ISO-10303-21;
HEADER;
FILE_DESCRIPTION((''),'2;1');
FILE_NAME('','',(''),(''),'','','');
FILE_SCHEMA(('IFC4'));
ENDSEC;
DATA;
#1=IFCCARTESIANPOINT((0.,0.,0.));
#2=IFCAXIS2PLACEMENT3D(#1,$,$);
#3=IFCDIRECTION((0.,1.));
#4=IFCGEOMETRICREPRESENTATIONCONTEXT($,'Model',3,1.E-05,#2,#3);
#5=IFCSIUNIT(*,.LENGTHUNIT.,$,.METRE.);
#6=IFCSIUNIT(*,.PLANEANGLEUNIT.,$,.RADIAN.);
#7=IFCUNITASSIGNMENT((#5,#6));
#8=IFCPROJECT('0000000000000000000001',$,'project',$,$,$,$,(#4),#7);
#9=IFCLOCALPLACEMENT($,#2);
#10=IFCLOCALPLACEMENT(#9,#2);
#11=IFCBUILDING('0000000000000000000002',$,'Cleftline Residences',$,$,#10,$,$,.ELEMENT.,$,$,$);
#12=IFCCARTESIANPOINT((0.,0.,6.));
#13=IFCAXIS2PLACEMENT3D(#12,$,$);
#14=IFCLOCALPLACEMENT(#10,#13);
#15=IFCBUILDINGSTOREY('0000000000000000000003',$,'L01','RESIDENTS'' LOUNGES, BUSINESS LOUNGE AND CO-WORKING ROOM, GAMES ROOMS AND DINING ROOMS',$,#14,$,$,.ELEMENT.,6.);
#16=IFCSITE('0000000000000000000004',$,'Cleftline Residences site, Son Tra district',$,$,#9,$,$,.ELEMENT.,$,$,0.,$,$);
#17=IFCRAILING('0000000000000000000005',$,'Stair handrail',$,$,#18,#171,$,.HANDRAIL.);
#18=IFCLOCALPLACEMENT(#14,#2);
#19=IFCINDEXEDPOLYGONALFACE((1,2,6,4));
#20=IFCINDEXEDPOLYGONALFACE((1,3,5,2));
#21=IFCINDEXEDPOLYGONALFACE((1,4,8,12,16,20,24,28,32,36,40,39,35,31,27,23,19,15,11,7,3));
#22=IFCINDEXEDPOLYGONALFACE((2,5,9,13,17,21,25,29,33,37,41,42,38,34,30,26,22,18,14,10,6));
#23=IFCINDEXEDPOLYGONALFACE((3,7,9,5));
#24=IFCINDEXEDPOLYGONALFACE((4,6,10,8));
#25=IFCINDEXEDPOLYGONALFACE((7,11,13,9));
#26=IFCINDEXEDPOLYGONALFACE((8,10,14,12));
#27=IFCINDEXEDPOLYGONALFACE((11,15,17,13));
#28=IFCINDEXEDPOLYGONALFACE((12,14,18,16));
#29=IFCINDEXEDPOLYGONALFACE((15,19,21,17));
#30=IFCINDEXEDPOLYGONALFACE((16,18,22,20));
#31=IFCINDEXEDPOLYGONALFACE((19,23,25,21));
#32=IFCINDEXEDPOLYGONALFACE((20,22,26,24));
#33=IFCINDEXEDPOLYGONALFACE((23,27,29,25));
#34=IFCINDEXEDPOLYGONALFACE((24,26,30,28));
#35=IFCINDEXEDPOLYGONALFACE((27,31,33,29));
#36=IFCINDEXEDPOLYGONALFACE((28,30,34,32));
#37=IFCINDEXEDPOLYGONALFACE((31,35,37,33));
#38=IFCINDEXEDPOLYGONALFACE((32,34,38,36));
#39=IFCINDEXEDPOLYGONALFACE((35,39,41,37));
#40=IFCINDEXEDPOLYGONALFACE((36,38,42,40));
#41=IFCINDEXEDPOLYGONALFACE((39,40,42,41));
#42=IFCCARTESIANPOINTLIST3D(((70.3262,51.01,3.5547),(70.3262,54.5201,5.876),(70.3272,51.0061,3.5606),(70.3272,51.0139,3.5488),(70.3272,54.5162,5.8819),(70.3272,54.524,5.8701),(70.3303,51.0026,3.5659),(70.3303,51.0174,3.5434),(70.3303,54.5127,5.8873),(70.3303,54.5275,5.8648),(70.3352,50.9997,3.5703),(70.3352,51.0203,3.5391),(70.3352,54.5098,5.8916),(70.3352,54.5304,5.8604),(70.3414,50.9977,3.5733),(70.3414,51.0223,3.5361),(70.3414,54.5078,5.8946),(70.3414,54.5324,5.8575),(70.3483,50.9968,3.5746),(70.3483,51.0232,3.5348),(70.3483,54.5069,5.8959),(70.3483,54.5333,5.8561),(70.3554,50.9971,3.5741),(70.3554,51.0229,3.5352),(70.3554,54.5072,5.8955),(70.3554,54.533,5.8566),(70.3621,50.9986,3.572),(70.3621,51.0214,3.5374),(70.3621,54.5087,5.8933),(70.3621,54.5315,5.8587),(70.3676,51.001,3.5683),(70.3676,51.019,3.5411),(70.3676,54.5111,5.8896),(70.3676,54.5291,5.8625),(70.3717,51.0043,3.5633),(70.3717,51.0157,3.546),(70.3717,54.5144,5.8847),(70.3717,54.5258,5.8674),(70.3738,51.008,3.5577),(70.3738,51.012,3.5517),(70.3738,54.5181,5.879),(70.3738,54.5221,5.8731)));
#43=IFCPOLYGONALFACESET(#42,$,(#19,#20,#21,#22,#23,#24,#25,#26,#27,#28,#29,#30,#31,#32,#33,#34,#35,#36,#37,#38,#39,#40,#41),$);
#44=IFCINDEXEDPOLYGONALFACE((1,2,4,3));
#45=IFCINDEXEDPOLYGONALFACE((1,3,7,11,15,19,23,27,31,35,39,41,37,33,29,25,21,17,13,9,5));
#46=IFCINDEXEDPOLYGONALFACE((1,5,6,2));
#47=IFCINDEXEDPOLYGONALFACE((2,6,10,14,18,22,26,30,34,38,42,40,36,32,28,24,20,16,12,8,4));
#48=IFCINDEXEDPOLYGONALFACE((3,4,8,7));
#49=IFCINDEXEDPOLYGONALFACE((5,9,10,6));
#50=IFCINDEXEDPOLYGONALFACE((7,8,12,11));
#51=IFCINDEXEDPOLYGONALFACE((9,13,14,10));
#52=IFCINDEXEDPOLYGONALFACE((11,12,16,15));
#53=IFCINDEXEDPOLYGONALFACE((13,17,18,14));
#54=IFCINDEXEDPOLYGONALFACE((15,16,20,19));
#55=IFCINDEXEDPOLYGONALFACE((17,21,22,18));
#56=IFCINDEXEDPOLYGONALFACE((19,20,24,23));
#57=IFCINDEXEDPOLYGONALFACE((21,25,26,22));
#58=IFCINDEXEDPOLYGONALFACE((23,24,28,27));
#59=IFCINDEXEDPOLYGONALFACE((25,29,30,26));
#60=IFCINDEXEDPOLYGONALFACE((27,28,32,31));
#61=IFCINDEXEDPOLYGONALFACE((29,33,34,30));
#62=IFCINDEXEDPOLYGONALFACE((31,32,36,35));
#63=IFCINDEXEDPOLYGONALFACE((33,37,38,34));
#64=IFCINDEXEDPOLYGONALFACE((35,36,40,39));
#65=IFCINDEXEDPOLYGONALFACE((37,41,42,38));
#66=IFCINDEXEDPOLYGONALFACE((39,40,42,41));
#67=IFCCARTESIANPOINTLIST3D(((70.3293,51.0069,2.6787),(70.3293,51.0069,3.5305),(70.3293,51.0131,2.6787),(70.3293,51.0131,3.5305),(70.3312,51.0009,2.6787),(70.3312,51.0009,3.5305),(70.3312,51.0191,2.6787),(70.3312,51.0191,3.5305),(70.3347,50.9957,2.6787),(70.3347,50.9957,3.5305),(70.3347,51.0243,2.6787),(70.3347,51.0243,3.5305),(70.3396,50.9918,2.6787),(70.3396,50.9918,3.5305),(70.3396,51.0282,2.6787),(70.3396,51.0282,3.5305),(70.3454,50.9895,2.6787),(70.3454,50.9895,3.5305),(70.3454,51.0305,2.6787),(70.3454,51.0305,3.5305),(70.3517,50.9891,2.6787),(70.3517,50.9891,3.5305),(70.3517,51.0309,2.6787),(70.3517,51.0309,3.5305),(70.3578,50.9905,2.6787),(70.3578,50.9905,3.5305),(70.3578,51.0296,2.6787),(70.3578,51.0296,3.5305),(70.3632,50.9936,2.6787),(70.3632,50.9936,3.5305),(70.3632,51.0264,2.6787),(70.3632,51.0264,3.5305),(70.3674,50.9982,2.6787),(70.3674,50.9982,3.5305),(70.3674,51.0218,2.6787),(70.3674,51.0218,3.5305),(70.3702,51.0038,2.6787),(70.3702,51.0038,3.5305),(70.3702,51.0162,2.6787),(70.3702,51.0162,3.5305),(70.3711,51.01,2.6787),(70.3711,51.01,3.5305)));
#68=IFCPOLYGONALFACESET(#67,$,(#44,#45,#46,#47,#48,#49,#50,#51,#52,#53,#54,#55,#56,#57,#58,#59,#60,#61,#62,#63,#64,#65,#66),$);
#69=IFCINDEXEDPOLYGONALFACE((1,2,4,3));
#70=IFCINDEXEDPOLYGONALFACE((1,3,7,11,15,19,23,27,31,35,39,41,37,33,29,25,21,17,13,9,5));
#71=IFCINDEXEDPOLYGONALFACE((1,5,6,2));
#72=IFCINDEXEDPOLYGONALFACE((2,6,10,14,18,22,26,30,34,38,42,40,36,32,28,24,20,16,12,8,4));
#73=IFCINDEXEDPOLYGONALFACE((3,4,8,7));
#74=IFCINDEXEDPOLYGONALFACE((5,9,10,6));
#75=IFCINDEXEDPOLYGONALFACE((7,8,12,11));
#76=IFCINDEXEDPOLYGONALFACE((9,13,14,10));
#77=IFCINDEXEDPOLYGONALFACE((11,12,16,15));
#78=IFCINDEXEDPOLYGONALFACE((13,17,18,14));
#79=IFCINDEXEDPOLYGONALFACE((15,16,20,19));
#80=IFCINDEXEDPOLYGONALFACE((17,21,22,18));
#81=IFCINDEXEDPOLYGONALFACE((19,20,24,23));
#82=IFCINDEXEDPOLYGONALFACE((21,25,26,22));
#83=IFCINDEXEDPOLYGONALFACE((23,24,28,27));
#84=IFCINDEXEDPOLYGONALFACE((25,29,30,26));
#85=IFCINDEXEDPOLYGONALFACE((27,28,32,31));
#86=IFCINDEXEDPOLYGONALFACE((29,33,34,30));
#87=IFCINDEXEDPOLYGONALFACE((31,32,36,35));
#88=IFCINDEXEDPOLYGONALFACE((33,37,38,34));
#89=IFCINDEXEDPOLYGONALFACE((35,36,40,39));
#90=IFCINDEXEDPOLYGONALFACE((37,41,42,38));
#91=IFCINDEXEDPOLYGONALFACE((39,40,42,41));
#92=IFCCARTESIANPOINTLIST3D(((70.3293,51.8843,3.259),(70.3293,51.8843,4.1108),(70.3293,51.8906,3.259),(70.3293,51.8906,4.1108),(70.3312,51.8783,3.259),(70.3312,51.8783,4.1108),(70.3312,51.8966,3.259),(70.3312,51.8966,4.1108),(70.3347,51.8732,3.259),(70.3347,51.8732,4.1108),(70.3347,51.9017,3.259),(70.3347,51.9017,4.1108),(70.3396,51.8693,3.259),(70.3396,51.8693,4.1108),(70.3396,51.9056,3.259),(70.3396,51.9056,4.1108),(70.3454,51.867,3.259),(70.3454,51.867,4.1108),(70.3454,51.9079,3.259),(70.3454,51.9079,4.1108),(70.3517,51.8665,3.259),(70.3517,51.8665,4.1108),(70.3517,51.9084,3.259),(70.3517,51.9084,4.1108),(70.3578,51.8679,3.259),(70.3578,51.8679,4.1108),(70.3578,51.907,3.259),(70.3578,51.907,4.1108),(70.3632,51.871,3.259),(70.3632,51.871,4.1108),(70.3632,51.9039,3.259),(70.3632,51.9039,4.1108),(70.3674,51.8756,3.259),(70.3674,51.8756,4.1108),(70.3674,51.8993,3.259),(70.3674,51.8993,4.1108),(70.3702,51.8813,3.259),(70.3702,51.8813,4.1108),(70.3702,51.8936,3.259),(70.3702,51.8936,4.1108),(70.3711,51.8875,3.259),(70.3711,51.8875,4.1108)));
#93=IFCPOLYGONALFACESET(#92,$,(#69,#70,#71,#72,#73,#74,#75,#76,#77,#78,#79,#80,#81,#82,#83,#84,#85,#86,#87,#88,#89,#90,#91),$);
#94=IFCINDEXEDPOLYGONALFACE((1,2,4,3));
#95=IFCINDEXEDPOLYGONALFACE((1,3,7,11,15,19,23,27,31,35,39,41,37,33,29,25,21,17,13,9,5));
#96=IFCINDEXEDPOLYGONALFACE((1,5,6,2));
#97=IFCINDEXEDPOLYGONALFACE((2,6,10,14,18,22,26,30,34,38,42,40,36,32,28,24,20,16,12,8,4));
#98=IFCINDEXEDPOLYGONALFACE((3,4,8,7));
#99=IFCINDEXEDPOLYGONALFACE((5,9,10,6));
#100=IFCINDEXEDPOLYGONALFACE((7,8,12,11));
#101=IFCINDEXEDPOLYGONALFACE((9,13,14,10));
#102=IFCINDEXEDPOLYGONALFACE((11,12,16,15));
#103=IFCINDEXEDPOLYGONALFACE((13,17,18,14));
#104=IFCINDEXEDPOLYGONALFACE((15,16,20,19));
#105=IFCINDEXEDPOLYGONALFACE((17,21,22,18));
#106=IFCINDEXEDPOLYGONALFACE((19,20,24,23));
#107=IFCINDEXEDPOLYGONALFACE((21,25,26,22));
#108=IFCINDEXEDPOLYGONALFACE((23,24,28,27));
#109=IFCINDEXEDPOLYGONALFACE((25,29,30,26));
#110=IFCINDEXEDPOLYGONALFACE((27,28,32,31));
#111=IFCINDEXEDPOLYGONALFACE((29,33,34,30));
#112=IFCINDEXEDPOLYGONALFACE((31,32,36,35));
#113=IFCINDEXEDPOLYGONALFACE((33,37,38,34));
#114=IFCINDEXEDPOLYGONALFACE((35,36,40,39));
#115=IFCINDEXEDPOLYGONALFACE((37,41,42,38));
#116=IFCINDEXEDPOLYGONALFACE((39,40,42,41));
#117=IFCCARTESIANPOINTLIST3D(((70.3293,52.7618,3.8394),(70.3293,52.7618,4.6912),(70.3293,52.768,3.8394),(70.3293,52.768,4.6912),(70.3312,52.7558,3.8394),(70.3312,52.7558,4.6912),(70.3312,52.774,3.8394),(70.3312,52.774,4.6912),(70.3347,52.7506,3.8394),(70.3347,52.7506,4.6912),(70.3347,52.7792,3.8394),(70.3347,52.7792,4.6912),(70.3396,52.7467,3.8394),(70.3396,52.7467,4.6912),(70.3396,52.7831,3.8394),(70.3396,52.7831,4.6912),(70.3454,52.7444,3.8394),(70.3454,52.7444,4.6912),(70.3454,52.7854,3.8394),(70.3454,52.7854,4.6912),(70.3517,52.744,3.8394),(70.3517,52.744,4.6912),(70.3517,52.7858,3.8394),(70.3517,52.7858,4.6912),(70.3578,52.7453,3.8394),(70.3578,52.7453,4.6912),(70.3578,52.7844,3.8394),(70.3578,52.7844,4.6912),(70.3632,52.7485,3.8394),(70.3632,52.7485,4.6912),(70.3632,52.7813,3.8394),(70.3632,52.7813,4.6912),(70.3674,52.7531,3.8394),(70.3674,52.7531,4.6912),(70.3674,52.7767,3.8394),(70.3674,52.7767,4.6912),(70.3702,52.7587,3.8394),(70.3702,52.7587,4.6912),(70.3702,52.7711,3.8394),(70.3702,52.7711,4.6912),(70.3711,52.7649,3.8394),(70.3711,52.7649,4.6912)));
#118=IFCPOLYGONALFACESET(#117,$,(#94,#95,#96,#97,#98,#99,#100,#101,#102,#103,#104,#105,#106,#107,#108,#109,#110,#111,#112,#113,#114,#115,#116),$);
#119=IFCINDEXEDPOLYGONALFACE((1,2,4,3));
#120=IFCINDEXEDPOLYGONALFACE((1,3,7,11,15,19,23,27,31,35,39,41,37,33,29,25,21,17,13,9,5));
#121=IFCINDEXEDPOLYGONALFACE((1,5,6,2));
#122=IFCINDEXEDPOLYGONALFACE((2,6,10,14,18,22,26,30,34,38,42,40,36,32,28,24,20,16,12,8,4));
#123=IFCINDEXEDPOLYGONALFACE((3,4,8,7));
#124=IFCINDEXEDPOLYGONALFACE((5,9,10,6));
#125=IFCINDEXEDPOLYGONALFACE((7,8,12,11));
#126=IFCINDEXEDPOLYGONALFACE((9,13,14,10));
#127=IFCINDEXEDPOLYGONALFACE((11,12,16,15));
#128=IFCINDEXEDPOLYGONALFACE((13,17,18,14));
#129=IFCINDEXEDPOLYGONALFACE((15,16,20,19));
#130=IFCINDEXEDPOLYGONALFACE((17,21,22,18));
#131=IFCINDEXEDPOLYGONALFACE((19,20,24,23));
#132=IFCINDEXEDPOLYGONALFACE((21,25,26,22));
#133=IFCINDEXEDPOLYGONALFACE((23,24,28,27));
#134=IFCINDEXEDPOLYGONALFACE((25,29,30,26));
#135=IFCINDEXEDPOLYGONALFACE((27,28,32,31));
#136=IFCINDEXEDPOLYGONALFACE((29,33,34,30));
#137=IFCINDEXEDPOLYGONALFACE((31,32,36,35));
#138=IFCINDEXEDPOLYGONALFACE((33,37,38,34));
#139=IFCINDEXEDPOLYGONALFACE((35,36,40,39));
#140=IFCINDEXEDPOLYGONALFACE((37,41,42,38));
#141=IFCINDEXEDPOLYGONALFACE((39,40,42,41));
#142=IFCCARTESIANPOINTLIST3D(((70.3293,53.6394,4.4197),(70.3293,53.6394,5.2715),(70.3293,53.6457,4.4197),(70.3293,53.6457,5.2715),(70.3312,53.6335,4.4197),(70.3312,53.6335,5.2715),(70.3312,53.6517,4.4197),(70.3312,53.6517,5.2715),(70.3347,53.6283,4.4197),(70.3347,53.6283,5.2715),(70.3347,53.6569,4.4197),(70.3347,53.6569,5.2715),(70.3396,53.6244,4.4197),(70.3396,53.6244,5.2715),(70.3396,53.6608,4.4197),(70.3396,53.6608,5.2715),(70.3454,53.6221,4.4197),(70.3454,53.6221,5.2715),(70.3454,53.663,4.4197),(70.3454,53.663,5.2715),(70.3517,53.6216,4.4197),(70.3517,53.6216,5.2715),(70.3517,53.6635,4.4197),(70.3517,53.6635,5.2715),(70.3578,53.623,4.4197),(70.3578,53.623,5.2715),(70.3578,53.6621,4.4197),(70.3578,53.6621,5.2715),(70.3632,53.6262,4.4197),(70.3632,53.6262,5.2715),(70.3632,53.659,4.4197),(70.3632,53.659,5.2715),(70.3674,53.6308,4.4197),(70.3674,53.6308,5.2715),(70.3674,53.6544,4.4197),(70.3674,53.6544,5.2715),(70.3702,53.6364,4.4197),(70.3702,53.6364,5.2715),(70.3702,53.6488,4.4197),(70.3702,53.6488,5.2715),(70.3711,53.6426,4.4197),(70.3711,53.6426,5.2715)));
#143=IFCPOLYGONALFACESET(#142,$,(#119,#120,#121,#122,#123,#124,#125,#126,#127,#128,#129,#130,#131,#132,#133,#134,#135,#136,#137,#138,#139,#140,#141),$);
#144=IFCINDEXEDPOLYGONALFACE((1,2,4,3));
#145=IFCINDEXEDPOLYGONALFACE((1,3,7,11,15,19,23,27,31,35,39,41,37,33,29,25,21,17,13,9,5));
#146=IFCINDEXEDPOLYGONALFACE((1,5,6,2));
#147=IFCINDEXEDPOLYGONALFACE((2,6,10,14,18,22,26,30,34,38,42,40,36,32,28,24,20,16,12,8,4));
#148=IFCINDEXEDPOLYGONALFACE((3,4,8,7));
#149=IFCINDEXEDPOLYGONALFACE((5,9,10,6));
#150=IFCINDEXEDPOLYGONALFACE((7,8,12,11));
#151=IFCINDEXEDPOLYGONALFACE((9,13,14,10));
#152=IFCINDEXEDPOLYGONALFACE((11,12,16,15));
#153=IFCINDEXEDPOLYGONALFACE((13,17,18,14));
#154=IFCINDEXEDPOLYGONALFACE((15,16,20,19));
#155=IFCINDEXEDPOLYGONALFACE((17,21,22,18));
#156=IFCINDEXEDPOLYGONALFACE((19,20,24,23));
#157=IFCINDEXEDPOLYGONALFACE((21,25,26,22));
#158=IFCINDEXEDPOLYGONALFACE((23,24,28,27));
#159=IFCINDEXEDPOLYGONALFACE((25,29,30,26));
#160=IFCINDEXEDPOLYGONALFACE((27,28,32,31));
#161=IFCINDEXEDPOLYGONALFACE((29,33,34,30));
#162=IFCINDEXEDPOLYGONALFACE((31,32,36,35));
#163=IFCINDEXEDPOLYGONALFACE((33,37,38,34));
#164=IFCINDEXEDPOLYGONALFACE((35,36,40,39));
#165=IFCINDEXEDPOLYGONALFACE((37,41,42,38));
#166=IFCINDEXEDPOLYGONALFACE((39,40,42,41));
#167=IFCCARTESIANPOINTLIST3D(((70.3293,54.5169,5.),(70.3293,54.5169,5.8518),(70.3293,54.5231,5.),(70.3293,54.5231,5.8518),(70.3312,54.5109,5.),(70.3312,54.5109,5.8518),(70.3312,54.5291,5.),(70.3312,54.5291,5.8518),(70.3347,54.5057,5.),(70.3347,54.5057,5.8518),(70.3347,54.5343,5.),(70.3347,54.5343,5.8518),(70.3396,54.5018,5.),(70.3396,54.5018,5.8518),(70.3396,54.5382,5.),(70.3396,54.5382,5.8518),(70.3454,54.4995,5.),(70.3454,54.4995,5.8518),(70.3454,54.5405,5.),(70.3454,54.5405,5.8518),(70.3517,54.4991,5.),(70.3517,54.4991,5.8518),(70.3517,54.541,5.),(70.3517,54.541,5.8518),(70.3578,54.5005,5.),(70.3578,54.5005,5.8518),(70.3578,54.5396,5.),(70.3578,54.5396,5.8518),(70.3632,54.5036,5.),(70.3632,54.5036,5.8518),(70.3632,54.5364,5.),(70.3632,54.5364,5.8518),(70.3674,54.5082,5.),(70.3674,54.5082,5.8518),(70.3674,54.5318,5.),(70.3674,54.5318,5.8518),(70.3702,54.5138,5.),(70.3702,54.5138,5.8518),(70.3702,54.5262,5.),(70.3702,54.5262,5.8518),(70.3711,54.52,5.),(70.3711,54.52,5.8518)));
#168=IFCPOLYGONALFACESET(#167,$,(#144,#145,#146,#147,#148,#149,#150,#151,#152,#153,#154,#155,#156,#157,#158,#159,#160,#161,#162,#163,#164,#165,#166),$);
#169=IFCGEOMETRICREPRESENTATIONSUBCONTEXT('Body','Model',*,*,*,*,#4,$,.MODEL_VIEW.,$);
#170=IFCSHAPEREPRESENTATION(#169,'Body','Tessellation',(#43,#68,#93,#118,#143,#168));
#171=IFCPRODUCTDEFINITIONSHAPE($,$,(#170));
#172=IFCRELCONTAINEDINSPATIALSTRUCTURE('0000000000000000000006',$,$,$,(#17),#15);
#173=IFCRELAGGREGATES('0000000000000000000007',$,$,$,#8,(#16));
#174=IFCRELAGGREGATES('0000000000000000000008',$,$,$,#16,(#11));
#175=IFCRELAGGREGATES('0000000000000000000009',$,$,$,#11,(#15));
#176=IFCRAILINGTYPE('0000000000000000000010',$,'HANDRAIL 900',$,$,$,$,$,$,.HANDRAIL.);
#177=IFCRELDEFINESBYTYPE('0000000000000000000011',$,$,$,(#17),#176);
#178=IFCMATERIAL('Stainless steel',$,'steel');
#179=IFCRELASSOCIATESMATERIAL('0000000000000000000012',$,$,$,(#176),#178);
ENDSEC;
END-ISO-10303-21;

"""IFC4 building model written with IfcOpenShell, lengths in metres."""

from ifc_helpers import new_model, si_unit, direction, frame, origin, origin_2d, place, context, subcontext, project, spatial, circle, extrude, material, type_object, element, save


model = new_model("IFC4")

# Units and contexts
model_context = context("Model", 3, precision=1e-05, world=origin(), true_north=direction((0.0, 1.0)))
body_context = subcontext(model_context, "Body", "Model", "MODEL_VIEW")
ifc_project = project(units=[si_unit("LENGTHUNIT", "METRE"), si_unit("PLANEANGLEUNIT", "RADIAN")], contexts=[model_context])

# Site, building, storey
site_placement = place(None, origin())
site = spatial("IfcSite", under=ifc_project, at=site_placement, Name="Cleftline Residences site, Son Tra district", CompositionType="ELEMENT", RefElevation=0.0)
building_placement = place(site_placement, origin())
building = spatial("IfcBuilding", under=site, at=building_placement, Name="Cleftline Residences", CompositionType="ELEMENT")
storey_placement = place(building_placement, frame((0.0, 0.0, 6.0)))
storey = spatial("IfcBuildingStorey", under=building, at=storey_placement, Name="L01", Description="RESIDENTS' LOUNGES, BUSINESS LOUNGE AND CO-WORKING ROOM, GAMES ROOMS AND DINING ROOMS", CompositionType="ELEMENT", Elevation=6.0)

# Railing
ifc_material_1 = material(Name="Stainless steel", Category="steel")
railing_type = type_object("IfcRailingType", Name="HANDRAIL 900", PredefinedType="HANDRAIL", material=ifc_material_1)
railing_1_placement = place(storey_placement, frame((70.3501, 51.01, 2.6787)))
element("IfcRailing", 1, at=railing_1_placement, inside=storey, type_object=railing_type, Name="Stair handrail", PredefinedType="HANDRAIL", context=body_context, shape_type="SweptSolid", body=[
    extrude(circle(Radius=0.0239, at=origin_2d()), frame((0.0, 0.0, 0.876), z_axis=(0.0, 0.834097, 0.551617), x_axis=(-1.0, 0.0, 0.0)), (0.0, 0.0, 1.0), 4.2083),
    extrude(circle(Radius=0.021, at=origin_2d()), origin(), (0.0, 0.0, 1.0), 0.8518),
    extrude(circle(Radius=0.021, at=origin_2d()), frame((0.0, 0.8774, 0.5803)), (0.0, 0.0, 1.0), 0.8518),
    extrude(circle(Radius=0.021, at=origin_2d()), frame((0.0, 1.7549, 1.1606)), (0.0, 0.0, 1.0), 0.8518),
    extrude(circle(Radius=0.021, at=origin_2d()), frame((0.0, 2.6326, 1.741)), (0.0, 0.0, 1.0), 0.8518),
    extrude(circle(Radius=0.021, at=origin_2d()), frame((0.0, 3.51, 2.3213)), (0.0, 0.0, 1.0), 0.8518),
])

save(model, "model.ifc")
